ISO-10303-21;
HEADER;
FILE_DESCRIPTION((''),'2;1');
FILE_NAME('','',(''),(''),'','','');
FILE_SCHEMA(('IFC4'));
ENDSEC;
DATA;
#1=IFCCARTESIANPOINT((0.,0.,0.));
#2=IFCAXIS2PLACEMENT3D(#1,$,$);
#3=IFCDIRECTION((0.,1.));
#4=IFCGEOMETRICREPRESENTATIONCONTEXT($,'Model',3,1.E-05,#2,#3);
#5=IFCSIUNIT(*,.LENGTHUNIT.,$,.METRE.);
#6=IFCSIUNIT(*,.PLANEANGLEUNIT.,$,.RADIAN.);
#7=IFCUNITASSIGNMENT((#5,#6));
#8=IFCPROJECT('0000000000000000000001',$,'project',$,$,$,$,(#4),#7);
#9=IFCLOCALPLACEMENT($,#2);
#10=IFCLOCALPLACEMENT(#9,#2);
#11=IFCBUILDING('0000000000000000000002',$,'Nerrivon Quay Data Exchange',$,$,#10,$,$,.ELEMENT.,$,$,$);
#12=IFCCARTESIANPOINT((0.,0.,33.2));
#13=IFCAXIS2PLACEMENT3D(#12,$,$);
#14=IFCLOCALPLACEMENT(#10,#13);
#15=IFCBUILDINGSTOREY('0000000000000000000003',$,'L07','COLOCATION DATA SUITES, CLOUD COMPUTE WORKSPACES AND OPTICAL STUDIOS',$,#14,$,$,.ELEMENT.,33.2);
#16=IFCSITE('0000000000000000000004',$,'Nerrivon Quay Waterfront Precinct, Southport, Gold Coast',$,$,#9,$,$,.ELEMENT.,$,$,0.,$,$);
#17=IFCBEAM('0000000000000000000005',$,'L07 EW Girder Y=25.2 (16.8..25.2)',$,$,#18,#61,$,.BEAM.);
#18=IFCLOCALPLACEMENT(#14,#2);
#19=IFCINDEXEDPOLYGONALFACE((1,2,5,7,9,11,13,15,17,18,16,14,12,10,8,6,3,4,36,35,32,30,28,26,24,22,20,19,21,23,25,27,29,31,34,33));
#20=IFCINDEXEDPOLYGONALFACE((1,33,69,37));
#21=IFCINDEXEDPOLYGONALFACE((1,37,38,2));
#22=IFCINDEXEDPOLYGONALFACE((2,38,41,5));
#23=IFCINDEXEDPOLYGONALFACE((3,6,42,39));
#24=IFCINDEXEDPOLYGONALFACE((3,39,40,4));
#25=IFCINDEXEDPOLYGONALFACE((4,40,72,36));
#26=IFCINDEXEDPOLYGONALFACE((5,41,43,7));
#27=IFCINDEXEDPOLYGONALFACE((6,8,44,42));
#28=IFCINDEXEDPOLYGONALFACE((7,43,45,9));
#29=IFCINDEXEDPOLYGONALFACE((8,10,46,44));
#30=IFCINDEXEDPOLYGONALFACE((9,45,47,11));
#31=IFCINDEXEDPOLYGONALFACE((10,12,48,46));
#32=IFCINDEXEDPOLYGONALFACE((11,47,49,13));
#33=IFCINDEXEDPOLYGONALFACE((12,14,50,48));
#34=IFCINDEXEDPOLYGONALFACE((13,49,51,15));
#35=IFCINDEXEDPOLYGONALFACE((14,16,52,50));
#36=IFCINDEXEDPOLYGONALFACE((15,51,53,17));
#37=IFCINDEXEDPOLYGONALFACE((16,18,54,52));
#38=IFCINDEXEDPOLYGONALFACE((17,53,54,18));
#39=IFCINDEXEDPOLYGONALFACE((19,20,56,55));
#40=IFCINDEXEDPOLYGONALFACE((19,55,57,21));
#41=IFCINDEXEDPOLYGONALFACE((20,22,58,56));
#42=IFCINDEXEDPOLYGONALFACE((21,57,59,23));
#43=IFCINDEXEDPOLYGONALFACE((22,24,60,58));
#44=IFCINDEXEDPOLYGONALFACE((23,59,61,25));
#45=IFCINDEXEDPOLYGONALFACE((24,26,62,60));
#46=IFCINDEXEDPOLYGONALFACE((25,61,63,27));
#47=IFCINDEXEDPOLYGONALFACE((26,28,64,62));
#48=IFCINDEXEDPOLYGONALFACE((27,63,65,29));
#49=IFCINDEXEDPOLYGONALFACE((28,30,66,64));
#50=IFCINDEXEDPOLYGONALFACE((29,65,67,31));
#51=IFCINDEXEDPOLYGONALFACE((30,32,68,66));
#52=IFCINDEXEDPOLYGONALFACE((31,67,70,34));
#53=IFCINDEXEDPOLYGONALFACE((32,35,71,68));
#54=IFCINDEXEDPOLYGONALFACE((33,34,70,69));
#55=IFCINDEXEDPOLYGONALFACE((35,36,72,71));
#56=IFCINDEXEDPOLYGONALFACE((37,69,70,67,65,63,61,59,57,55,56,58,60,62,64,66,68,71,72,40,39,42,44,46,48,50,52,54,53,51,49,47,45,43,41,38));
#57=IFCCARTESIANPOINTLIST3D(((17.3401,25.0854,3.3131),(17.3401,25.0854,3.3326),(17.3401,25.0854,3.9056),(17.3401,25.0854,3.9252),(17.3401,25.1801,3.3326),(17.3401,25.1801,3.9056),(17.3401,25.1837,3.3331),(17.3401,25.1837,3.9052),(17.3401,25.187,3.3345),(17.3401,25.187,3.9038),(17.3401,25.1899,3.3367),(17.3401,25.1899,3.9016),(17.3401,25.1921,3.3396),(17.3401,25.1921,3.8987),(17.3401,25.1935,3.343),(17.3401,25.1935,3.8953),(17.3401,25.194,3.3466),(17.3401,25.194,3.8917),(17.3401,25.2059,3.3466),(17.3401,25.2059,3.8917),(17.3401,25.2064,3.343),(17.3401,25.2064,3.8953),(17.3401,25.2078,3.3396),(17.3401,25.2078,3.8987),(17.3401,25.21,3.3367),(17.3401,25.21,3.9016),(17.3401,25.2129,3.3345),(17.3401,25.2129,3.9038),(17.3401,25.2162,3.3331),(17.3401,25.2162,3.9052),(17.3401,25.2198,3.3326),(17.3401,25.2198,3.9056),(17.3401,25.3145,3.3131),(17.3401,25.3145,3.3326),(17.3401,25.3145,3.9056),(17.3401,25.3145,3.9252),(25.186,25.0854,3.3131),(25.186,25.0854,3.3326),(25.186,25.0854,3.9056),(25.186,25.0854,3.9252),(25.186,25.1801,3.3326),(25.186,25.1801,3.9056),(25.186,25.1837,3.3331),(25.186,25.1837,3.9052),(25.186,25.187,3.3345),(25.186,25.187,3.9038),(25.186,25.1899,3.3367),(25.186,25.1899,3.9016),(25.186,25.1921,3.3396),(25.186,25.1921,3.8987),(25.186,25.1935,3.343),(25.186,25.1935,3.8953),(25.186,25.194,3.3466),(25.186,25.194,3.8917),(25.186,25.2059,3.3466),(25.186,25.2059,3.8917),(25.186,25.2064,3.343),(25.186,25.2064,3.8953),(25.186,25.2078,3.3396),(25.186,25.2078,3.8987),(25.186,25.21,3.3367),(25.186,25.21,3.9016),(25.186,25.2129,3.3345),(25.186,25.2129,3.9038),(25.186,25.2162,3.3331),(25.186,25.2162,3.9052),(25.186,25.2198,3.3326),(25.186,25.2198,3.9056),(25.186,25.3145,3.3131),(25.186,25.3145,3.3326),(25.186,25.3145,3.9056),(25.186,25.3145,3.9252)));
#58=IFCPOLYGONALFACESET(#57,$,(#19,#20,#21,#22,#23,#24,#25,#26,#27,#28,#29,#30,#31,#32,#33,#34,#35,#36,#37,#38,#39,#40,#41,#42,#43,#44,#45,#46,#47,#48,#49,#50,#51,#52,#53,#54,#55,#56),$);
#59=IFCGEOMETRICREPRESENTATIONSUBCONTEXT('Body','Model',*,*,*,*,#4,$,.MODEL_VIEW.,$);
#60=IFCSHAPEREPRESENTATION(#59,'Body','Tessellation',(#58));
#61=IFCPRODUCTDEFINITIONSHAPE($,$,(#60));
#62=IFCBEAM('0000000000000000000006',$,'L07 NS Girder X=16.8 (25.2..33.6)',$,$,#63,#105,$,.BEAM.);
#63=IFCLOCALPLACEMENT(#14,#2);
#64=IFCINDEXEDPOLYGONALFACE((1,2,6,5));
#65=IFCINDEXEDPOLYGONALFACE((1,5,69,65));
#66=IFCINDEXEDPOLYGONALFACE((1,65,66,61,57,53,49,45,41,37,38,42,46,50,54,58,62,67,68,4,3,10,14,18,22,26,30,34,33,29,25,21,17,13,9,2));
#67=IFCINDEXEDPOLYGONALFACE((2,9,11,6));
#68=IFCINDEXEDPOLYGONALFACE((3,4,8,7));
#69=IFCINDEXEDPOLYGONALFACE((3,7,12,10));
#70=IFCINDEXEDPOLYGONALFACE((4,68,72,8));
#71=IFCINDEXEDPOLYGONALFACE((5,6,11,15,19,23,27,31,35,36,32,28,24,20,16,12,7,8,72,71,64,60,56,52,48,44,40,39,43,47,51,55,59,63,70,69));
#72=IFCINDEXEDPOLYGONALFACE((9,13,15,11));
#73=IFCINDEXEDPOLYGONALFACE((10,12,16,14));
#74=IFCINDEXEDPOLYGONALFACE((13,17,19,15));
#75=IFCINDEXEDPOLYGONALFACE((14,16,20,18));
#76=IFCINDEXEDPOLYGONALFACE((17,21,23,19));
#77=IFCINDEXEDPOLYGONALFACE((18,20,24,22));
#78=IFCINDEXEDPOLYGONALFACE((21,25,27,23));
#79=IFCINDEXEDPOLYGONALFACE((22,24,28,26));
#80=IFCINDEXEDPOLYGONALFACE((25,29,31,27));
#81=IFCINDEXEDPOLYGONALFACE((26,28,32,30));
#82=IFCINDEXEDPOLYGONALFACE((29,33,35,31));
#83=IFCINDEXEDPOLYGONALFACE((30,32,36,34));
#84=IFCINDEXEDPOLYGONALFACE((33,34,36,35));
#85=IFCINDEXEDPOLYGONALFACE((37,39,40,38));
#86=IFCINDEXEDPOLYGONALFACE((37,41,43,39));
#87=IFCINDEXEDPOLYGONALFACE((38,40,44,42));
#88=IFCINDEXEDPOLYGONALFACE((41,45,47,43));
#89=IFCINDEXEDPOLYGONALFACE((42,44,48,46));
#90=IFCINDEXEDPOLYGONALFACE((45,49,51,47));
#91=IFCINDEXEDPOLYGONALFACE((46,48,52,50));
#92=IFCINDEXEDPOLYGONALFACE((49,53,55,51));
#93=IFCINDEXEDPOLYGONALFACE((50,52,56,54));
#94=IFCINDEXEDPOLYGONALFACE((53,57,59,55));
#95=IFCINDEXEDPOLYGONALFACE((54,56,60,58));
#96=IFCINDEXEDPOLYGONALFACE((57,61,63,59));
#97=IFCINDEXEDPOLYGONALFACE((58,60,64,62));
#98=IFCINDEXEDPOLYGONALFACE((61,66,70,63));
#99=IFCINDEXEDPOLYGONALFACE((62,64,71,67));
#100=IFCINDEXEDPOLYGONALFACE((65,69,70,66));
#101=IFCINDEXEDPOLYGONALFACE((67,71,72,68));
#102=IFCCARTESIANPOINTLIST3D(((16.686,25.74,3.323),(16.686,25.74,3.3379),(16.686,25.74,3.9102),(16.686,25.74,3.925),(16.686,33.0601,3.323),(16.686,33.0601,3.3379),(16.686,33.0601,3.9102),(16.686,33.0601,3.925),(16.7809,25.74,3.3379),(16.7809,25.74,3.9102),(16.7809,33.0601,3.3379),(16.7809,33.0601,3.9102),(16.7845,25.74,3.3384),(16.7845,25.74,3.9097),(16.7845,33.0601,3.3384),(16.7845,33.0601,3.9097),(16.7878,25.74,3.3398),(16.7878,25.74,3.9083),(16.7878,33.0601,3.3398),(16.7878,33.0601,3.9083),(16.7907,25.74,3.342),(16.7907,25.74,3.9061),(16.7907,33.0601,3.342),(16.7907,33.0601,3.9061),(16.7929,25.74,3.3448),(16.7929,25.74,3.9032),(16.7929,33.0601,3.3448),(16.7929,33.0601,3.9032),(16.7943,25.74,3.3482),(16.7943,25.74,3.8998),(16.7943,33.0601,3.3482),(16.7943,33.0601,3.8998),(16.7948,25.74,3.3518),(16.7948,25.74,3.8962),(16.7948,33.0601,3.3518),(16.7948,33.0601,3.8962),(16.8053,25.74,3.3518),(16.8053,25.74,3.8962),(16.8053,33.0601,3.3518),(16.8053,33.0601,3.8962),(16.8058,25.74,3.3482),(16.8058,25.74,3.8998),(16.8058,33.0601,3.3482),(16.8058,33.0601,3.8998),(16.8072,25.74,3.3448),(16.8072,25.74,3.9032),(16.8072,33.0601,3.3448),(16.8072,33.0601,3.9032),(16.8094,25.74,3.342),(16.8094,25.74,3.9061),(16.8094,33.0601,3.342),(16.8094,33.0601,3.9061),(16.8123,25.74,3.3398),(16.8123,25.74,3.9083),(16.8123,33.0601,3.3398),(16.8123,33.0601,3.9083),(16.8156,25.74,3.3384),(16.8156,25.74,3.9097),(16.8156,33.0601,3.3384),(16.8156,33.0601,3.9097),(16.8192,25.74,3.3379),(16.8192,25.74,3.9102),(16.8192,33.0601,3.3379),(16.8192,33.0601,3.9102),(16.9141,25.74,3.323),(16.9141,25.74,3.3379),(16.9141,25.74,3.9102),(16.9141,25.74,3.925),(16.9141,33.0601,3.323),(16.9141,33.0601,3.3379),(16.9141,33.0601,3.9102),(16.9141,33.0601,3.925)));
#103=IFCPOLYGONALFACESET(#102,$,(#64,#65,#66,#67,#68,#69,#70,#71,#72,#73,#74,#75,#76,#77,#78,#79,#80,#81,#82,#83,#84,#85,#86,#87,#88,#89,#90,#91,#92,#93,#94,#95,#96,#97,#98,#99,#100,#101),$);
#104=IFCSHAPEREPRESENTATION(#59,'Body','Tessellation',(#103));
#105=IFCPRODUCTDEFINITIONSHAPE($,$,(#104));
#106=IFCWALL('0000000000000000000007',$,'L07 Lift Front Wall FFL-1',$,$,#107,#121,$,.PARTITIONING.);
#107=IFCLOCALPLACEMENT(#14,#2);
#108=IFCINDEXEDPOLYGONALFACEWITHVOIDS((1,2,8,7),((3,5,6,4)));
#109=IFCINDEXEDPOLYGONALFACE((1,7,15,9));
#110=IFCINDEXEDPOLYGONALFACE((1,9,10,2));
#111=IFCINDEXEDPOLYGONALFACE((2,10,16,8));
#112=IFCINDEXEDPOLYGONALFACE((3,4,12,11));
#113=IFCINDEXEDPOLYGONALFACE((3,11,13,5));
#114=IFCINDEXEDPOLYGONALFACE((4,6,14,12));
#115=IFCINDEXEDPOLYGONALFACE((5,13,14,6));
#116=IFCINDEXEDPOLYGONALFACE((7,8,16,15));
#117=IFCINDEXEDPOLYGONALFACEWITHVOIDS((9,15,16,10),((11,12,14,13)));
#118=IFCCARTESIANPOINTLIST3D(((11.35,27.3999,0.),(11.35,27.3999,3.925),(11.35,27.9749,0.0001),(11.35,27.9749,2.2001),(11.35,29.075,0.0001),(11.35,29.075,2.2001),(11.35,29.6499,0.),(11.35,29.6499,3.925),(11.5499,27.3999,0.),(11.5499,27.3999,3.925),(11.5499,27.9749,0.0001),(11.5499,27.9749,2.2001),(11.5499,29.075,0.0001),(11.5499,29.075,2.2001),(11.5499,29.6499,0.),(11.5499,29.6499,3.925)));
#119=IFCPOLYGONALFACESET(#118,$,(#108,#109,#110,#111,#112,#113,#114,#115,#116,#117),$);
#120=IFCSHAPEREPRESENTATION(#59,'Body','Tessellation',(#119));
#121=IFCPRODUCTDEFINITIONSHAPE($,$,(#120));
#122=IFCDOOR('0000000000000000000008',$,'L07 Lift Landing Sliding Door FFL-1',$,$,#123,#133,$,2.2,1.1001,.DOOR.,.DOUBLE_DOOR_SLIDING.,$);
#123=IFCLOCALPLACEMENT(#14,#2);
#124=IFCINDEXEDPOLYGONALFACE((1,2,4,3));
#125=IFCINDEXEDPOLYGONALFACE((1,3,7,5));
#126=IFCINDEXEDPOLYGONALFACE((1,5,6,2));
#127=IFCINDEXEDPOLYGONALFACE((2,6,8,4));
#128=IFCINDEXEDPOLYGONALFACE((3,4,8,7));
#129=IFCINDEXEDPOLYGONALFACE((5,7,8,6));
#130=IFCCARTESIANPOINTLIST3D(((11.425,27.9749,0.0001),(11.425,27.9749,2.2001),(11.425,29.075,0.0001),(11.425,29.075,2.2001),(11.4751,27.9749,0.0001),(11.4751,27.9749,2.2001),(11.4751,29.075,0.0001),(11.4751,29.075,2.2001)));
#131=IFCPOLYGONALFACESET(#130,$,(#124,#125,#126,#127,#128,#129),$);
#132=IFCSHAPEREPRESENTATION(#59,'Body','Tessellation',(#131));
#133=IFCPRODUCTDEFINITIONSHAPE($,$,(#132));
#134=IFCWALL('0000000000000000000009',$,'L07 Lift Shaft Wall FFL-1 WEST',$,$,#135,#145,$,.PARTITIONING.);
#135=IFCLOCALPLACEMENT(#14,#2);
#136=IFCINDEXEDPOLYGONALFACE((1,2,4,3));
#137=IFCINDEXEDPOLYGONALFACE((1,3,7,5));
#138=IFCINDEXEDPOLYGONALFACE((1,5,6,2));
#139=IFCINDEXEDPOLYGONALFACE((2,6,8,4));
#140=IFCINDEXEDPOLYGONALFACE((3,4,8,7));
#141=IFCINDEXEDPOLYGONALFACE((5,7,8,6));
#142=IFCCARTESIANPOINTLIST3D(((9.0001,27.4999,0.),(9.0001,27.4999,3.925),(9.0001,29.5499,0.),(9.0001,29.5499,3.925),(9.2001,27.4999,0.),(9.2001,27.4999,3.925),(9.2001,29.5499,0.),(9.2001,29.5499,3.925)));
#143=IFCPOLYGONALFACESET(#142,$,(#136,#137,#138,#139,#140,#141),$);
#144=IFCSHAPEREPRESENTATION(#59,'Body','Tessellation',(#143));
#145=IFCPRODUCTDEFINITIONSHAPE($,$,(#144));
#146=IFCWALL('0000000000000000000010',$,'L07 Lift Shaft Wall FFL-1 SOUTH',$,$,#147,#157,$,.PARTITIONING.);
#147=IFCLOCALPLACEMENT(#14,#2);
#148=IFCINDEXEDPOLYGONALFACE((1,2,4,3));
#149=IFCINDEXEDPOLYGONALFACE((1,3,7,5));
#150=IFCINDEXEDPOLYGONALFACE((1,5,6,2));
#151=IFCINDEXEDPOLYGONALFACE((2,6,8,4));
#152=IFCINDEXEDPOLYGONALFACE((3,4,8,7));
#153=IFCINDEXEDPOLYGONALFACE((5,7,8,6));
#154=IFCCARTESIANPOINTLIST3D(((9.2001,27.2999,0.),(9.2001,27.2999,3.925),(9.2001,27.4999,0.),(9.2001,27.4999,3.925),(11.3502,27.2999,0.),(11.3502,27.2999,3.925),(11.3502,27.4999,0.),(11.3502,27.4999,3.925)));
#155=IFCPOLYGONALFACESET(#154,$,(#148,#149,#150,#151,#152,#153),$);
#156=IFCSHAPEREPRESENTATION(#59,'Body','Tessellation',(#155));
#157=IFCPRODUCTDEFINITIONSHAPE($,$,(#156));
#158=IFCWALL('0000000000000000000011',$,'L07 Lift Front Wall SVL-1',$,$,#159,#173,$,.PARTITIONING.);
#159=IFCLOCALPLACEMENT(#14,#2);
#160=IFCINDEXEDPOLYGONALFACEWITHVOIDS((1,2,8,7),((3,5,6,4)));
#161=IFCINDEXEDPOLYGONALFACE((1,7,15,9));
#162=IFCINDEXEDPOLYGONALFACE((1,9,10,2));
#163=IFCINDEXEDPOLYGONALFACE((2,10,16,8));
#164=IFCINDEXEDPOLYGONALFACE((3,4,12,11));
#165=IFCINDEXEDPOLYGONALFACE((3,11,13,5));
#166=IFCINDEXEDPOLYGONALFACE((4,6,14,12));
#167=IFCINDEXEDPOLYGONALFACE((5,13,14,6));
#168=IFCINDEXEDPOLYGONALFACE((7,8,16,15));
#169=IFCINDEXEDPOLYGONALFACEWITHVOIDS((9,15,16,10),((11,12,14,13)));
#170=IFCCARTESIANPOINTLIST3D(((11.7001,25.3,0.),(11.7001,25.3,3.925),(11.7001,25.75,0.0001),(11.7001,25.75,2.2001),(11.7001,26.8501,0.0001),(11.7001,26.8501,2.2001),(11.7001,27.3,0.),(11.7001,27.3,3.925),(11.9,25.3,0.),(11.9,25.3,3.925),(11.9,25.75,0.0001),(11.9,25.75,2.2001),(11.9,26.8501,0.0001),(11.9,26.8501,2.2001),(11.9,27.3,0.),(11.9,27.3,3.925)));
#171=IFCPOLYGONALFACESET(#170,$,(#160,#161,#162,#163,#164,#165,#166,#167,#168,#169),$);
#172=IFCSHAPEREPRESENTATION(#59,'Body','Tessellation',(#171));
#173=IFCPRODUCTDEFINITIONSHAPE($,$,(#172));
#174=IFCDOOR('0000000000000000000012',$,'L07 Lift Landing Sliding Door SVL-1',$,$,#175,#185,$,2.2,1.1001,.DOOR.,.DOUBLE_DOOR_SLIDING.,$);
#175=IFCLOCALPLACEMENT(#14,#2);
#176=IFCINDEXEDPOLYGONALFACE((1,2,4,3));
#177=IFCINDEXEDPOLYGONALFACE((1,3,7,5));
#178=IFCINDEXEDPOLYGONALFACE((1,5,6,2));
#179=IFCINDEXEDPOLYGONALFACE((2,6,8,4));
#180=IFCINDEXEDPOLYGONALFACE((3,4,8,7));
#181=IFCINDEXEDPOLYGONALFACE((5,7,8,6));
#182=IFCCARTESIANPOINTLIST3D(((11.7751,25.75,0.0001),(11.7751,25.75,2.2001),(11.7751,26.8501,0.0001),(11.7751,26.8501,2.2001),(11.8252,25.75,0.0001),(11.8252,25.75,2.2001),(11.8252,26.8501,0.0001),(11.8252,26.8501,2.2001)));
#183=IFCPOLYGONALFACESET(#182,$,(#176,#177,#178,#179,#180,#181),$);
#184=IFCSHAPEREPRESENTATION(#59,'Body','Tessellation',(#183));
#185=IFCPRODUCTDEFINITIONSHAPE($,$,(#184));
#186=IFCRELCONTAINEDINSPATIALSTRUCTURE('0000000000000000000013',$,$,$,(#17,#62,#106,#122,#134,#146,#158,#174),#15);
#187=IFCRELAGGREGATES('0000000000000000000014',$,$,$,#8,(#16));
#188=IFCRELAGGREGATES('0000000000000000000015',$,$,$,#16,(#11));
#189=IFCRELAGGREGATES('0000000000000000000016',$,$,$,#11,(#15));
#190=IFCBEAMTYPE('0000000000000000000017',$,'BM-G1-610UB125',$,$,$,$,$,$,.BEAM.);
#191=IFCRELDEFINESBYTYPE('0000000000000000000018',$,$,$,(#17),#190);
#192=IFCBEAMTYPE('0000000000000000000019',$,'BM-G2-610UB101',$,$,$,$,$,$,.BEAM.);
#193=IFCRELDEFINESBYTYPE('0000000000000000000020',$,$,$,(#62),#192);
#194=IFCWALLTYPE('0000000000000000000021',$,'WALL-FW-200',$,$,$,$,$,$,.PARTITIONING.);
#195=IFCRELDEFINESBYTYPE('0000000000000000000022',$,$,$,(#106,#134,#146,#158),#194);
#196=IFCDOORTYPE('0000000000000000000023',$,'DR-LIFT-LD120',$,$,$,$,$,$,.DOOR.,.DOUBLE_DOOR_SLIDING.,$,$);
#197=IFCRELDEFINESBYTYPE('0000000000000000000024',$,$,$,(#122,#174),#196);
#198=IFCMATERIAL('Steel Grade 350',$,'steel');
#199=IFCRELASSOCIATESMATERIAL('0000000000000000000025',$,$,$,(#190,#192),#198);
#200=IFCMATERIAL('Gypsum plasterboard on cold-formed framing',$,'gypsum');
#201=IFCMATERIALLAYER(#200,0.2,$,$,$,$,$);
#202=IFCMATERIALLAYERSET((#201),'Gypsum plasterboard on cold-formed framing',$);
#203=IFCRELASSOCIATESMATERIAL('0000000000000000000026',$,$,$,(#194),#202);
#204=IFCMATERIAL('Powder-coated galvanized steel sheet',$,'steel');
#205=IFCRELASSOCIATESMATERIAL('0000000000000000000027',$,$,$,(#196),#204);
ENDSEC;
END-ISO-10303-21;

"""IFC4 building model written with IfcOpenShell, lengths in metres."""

from ifc_helpers import new_model, si_unit, direction, frame, frame_2d, origin, origin_2d, place, context, subcontext, project, spatial, rectangle, i_section, extrude, material, layer, layer_set, material_profile, profile_set, type_object, element, fill, save


model = new_model("IFC4")

# Units and contexts
model_context = context("Model", 3, precision=1e-05, world=origin(), true_north=direction((0.0, 1.0)))
body_context = subcontext(model_context, "Body", "Model", "MODEL_VIEW")
ifc_project = project(units=[si_unit("LENGTHUNIT", "METRE"), si_unit("PLANEANGLEUNIT", "RADIAN")], contexts=[model_context])

# Site, building, storey
site_placement = place(None, origin())
site = spatial("IfcSite", under=ifc_project, at=site_placement, Name="Nerrivon Quay Waterfront Precinct, Southport, Gold Coast", CompositionType="ELEMENT", RefElevation=0.0)
building_placement = place(site_placement, origin())
building = spatial("IfcBuilding", under=site, at=building_placement, Name="Nerrivon Quay Data Exchange", CompositionType="ELEMENT")
storey_placement = place(building_placement, frame((0.0, 0.0, 33.2)))
storey = spatial("IfcBuildingStorey", under=building, at=storey_placement, Name="L07", Description="COLOCATION DATA SUITES, CLOUD COMPUTE WORKSPACES AND OPTICAL STUDIOS", CompositionType="ELEMENT", Elevation=33.2)

# Beams
ifc_material_1 = material(Name="Steel Grade 350", Category="steel")
ifc_material_profile_1 = material_profile(ifc_material_1, i_section(OverallWidth=0.229, OverallDepth=0.6121, WebThickness=0.012, FlangeThickness=0.0195, FilletRadius=0.0139, at=origin_2d()), Name="610UB125")
ifc_profile_set_1 = profile_set([ifc_material_profile_1], Name="Steel Grade 350")
beam_type_1 = type_object("IfcBeamType", Name="BM-G1-610UB125", PredefinedType="BEAM", material=ifc_profile_set_1)
beam_1_placement = place(storey_placement, frame((17.3401, 25.2, 3.6191), z_axis=(1.0, 0.0, 0.0), x_axis=(0.0, 1.0, 0.0)))
element("IfcBeam", 1, at=beam_1_placement, inside=storey, type_object=beam_type_1, Name="L07 EW Girder Y=25.2 (16.8..25.2)", PredefinedType="BEAM", context=body_context, shape_type="SweptSolid", body=[
    extrude(i_section(OverallWidth=0.229, OverallDepth=0.6121, WebThickness=0.012, FlangeThickness=0.0195, FilletRadius=0.0139, at=origin_2d()), origin(), (0.0, 0.0, 1.0), 7.8459),
])
ifc_material_profile_2 = material_profile(ifc_material_1, i_section(OverallWidth=0.228, OverallDepth=0.6021, WebThickness=0.0105, FlangeThickness=0.0149, FilletRadius=0.0139, at=origin_2d()), Name="610UB101")
ifc_profile_set_2 = profile_set([ifc_material_profile_2], Name="Steel Grade 350")
beam_type_2 = type_object("IfcBeamType", Name="BM-G2-610UB101", PredefinedType="BEAM", material=ifc_profile_set_2)
beam_2_placement = place(storey_placement, frame((16.8, 25.74, 3.624), z_axis=(0.0, 1.0, 0.0), x_axis=(-1.0, 0.0, 0.0)))
element("IfcBeam", 2, at=beam_2_placement, inside=storey, type_object=beam_type_2, Name="L07 NS Girder X=16.8 (25.2..33.6)", PredefinedType="BEAM", context=body_context, shape_type="SweptSolid", body=[
    extrude(i_section(OverallWidth=0.228, OverallDepth=0.6021, WebThickness=0.0105, FlangeThickness=0.0149, FilletRadius=0.0139, at=origin_2d()), origin(), (0.0, 0.0, 1.0), 7.3201),
])

# Wall, opening, door
ifc_material_2 = material(Name="Gypsum plasterboard on cold-formed framing", Category="gypsum")
ifc_layer = layer(ifc_material_2, 0.2)
ifc_layer_set = layer_set([ifc_layer], Name="Gypsum plasterboard on cold-formed framing")
wall_type = type_object("IfcWallType", Name="WALL-FW-200", PredefinedType="PARTITIONING", material=ifc_layer_set)
wall_1_placement = place(storey_placement, frame((11.45, 27.3999, 0.0), z_axis=(0.0, 0.0, 1.0), x_axis=(0.0, 1.0, 0.0)))
wall_1 = element("IfcWall", 3, at=wall_1_placement, inside=storey, type_object=wall_type, Name="L07 Lift Front Wall FFL-1", PredefinedType="PARTITIONING", context=body_context, shape_type="SweptSolid", body=[
    extrude(rectangle(XDim=2.25, YDim=0.2, at=frame_2d((1.125, 0.0))), origin(), (0.0, 0.0, 1.0), 3.925),
])
opening_1_placement = place(wall_1_placement, frame((0.575, 0.0, 0.0)))
opening_1 = element("IfcOpeningElement", 4, at=opening_1_placement, cuts=wall_1, PredefinedType="OPENING", context=body_context, shape_type="SweptSolid", body=[
    extrude(rectangle(XDim=1.1001, YDim=2.2, at=frame_2d((0.55, 1.1001))), frame((0.0, 0.1099, 0.0), z_axis=(0.0, -1.0, 0.0), x_axis=(1.0, 0.0, 0.0)), (0.0, 0.0, 1.0), 0.22),
])
ifc_material_3 = material(Name="Powder-coated galvanized steel sheet", Category="steel")
door_type = type_object("IfcDoorType", Name="DR-LIFT-LD120", OperationType="DOUBLE_DOOR_SLIDING", PredefinedType="DOOR", material=ifc_material_3)
door_1_placement = place(opening_1_placement, origin())
door_1 = element("IfcDoor", 5, at=door_1_placement, inside=storey, type_object=door_type, Name="L07 Lift Landing Sliding Door FFL-1", OperationType="DOUBLE_DOOR_SLIDING", OverallHeight=2.2, OverallWidth=1.1001, PredefinedType="DOOR", context=body_context, shape_type="SweptSolid", body=[
    extrude(rectangle(XDim=1.1001, YDim=2.2, at=frame_2d((0.55, 1.1001))), frame((0.0, 0.0249, 0.0), z_axis=(0.0, -1.0, 0.0), x_axis=(1.0, 0.0, 0.0)), (0.0, 0.0, 1.0), 0.05),
])
fill(opening_1, door_1)

# Walls
wall_2_placement = place(storey_placement, frame((9.1001, 27.5, 0.0), z_axis=(0.0, 0.0, 1.0), x_axis=(0.0, 1.0, 0.0)))
element("IfcWall", 6, at=wall_2_placement, inside=storey, type_object=wall_type, Name="L07 Lift Shaft Wall FFL-1 WEST", PredefinedType="PARTITIONING", context=body_context, shape_type="SweptSolid", body=[
    extrude(rectangle(XDim=2.05, YDim=0.2, at=frame_2d((1.0249, 0.0))), origin(), (0.0, 0.0, 1.0), 3.925),
])
wall_3_placement = place(storey_placement, frame((9.2, 27.3999, 0.0), z_axis=(0.0, 0.0, 1.0), x_axis=(1.0, 0.0, 0.0)))
element("IfcWall", 7, at=wall_3_placement, inside=storey, type_object=wall_type, Name="L07 Lift Shaft Wall FFL-1 SOUTH", PredefinedType="PARTITIONING", context=body_context, shape_type="SweptSolid", body=[
    extrude(rectangle(XDim=2.1501, YDim=0.2, at=frame_2d((1.0752, 0.0))), origin(), (0.0, 0.0, 1.0), 3.925),
])

# Wall, opening, door
wall_4_placement = place(storey_placement, frame((11.8, 25.3, 0.0), z_axis=(0.0, 0.0, 1.0), x_axis=(0.0, 1.0, 0.0)))
wall_4 = element("IfcWall", 8, at=wall_4_placement, inside=storey, type_object=wall_type, Name="L07 Lift Front Wall SVL-1", PredefinedType="PARTITIONING", context=body_context, shape_type="SweptSolid", body=[
    extrude(rectangle(XDim=2.0, YDim=0.2, at=frame_2d((1.0, 0.0))), origin(), (0.0, 0.0, 1.0), 3.925),
])
opening_2_placement = place(wall_4_placement, frame((0.45, 0.0, 0.0)))
opening_2 = element("IfcOpeningElement", 9, at=opening_2_placement, cuts=wall_4, PredefinedType="OPENING", context=body_context, shape_type="SweptSolid", body=[
    extrude(rectangle(XDim=1.1001, YDim=2.2, at=frame_2d((0.55, 1.1001))), frame((0.0, 0.1099, 0.0), z_axis=(0.0, -1.0, 0.0), x_axis=(1.0, 0.0, 0.0)), (0.0, 0.0, 1.0), 0.22),
])
door_2_placement = place(opening_2_placement, origin())
door_2 = element("IfcDoor", 10, at=door_2_placement, inside=storey, type_object=door_type, Name="L07 Lift Landing Sliding Door SVL-1", OperationType="DOUBLE_DOOR_SLIDING", OverallHeight=2.2, OverallWidth=1.1001, PredefinedType="DOOR", context=body_context, shape_type="SweptSolid", body=[
    extrude(rectangle(XDim=1.1001, YDim=2.2, at=frame_2d((0.55, 1.1001))), frame((0.0, 0.0249, 0.0), z_axis=(0.0, -1.0, 0.0), x_axis=(1.0, 0.0, 0.0)), (0.0, 0.0, 1.0), 0.05),
])
fill(opening_2, door_2)

save(model, "model.ifc")
